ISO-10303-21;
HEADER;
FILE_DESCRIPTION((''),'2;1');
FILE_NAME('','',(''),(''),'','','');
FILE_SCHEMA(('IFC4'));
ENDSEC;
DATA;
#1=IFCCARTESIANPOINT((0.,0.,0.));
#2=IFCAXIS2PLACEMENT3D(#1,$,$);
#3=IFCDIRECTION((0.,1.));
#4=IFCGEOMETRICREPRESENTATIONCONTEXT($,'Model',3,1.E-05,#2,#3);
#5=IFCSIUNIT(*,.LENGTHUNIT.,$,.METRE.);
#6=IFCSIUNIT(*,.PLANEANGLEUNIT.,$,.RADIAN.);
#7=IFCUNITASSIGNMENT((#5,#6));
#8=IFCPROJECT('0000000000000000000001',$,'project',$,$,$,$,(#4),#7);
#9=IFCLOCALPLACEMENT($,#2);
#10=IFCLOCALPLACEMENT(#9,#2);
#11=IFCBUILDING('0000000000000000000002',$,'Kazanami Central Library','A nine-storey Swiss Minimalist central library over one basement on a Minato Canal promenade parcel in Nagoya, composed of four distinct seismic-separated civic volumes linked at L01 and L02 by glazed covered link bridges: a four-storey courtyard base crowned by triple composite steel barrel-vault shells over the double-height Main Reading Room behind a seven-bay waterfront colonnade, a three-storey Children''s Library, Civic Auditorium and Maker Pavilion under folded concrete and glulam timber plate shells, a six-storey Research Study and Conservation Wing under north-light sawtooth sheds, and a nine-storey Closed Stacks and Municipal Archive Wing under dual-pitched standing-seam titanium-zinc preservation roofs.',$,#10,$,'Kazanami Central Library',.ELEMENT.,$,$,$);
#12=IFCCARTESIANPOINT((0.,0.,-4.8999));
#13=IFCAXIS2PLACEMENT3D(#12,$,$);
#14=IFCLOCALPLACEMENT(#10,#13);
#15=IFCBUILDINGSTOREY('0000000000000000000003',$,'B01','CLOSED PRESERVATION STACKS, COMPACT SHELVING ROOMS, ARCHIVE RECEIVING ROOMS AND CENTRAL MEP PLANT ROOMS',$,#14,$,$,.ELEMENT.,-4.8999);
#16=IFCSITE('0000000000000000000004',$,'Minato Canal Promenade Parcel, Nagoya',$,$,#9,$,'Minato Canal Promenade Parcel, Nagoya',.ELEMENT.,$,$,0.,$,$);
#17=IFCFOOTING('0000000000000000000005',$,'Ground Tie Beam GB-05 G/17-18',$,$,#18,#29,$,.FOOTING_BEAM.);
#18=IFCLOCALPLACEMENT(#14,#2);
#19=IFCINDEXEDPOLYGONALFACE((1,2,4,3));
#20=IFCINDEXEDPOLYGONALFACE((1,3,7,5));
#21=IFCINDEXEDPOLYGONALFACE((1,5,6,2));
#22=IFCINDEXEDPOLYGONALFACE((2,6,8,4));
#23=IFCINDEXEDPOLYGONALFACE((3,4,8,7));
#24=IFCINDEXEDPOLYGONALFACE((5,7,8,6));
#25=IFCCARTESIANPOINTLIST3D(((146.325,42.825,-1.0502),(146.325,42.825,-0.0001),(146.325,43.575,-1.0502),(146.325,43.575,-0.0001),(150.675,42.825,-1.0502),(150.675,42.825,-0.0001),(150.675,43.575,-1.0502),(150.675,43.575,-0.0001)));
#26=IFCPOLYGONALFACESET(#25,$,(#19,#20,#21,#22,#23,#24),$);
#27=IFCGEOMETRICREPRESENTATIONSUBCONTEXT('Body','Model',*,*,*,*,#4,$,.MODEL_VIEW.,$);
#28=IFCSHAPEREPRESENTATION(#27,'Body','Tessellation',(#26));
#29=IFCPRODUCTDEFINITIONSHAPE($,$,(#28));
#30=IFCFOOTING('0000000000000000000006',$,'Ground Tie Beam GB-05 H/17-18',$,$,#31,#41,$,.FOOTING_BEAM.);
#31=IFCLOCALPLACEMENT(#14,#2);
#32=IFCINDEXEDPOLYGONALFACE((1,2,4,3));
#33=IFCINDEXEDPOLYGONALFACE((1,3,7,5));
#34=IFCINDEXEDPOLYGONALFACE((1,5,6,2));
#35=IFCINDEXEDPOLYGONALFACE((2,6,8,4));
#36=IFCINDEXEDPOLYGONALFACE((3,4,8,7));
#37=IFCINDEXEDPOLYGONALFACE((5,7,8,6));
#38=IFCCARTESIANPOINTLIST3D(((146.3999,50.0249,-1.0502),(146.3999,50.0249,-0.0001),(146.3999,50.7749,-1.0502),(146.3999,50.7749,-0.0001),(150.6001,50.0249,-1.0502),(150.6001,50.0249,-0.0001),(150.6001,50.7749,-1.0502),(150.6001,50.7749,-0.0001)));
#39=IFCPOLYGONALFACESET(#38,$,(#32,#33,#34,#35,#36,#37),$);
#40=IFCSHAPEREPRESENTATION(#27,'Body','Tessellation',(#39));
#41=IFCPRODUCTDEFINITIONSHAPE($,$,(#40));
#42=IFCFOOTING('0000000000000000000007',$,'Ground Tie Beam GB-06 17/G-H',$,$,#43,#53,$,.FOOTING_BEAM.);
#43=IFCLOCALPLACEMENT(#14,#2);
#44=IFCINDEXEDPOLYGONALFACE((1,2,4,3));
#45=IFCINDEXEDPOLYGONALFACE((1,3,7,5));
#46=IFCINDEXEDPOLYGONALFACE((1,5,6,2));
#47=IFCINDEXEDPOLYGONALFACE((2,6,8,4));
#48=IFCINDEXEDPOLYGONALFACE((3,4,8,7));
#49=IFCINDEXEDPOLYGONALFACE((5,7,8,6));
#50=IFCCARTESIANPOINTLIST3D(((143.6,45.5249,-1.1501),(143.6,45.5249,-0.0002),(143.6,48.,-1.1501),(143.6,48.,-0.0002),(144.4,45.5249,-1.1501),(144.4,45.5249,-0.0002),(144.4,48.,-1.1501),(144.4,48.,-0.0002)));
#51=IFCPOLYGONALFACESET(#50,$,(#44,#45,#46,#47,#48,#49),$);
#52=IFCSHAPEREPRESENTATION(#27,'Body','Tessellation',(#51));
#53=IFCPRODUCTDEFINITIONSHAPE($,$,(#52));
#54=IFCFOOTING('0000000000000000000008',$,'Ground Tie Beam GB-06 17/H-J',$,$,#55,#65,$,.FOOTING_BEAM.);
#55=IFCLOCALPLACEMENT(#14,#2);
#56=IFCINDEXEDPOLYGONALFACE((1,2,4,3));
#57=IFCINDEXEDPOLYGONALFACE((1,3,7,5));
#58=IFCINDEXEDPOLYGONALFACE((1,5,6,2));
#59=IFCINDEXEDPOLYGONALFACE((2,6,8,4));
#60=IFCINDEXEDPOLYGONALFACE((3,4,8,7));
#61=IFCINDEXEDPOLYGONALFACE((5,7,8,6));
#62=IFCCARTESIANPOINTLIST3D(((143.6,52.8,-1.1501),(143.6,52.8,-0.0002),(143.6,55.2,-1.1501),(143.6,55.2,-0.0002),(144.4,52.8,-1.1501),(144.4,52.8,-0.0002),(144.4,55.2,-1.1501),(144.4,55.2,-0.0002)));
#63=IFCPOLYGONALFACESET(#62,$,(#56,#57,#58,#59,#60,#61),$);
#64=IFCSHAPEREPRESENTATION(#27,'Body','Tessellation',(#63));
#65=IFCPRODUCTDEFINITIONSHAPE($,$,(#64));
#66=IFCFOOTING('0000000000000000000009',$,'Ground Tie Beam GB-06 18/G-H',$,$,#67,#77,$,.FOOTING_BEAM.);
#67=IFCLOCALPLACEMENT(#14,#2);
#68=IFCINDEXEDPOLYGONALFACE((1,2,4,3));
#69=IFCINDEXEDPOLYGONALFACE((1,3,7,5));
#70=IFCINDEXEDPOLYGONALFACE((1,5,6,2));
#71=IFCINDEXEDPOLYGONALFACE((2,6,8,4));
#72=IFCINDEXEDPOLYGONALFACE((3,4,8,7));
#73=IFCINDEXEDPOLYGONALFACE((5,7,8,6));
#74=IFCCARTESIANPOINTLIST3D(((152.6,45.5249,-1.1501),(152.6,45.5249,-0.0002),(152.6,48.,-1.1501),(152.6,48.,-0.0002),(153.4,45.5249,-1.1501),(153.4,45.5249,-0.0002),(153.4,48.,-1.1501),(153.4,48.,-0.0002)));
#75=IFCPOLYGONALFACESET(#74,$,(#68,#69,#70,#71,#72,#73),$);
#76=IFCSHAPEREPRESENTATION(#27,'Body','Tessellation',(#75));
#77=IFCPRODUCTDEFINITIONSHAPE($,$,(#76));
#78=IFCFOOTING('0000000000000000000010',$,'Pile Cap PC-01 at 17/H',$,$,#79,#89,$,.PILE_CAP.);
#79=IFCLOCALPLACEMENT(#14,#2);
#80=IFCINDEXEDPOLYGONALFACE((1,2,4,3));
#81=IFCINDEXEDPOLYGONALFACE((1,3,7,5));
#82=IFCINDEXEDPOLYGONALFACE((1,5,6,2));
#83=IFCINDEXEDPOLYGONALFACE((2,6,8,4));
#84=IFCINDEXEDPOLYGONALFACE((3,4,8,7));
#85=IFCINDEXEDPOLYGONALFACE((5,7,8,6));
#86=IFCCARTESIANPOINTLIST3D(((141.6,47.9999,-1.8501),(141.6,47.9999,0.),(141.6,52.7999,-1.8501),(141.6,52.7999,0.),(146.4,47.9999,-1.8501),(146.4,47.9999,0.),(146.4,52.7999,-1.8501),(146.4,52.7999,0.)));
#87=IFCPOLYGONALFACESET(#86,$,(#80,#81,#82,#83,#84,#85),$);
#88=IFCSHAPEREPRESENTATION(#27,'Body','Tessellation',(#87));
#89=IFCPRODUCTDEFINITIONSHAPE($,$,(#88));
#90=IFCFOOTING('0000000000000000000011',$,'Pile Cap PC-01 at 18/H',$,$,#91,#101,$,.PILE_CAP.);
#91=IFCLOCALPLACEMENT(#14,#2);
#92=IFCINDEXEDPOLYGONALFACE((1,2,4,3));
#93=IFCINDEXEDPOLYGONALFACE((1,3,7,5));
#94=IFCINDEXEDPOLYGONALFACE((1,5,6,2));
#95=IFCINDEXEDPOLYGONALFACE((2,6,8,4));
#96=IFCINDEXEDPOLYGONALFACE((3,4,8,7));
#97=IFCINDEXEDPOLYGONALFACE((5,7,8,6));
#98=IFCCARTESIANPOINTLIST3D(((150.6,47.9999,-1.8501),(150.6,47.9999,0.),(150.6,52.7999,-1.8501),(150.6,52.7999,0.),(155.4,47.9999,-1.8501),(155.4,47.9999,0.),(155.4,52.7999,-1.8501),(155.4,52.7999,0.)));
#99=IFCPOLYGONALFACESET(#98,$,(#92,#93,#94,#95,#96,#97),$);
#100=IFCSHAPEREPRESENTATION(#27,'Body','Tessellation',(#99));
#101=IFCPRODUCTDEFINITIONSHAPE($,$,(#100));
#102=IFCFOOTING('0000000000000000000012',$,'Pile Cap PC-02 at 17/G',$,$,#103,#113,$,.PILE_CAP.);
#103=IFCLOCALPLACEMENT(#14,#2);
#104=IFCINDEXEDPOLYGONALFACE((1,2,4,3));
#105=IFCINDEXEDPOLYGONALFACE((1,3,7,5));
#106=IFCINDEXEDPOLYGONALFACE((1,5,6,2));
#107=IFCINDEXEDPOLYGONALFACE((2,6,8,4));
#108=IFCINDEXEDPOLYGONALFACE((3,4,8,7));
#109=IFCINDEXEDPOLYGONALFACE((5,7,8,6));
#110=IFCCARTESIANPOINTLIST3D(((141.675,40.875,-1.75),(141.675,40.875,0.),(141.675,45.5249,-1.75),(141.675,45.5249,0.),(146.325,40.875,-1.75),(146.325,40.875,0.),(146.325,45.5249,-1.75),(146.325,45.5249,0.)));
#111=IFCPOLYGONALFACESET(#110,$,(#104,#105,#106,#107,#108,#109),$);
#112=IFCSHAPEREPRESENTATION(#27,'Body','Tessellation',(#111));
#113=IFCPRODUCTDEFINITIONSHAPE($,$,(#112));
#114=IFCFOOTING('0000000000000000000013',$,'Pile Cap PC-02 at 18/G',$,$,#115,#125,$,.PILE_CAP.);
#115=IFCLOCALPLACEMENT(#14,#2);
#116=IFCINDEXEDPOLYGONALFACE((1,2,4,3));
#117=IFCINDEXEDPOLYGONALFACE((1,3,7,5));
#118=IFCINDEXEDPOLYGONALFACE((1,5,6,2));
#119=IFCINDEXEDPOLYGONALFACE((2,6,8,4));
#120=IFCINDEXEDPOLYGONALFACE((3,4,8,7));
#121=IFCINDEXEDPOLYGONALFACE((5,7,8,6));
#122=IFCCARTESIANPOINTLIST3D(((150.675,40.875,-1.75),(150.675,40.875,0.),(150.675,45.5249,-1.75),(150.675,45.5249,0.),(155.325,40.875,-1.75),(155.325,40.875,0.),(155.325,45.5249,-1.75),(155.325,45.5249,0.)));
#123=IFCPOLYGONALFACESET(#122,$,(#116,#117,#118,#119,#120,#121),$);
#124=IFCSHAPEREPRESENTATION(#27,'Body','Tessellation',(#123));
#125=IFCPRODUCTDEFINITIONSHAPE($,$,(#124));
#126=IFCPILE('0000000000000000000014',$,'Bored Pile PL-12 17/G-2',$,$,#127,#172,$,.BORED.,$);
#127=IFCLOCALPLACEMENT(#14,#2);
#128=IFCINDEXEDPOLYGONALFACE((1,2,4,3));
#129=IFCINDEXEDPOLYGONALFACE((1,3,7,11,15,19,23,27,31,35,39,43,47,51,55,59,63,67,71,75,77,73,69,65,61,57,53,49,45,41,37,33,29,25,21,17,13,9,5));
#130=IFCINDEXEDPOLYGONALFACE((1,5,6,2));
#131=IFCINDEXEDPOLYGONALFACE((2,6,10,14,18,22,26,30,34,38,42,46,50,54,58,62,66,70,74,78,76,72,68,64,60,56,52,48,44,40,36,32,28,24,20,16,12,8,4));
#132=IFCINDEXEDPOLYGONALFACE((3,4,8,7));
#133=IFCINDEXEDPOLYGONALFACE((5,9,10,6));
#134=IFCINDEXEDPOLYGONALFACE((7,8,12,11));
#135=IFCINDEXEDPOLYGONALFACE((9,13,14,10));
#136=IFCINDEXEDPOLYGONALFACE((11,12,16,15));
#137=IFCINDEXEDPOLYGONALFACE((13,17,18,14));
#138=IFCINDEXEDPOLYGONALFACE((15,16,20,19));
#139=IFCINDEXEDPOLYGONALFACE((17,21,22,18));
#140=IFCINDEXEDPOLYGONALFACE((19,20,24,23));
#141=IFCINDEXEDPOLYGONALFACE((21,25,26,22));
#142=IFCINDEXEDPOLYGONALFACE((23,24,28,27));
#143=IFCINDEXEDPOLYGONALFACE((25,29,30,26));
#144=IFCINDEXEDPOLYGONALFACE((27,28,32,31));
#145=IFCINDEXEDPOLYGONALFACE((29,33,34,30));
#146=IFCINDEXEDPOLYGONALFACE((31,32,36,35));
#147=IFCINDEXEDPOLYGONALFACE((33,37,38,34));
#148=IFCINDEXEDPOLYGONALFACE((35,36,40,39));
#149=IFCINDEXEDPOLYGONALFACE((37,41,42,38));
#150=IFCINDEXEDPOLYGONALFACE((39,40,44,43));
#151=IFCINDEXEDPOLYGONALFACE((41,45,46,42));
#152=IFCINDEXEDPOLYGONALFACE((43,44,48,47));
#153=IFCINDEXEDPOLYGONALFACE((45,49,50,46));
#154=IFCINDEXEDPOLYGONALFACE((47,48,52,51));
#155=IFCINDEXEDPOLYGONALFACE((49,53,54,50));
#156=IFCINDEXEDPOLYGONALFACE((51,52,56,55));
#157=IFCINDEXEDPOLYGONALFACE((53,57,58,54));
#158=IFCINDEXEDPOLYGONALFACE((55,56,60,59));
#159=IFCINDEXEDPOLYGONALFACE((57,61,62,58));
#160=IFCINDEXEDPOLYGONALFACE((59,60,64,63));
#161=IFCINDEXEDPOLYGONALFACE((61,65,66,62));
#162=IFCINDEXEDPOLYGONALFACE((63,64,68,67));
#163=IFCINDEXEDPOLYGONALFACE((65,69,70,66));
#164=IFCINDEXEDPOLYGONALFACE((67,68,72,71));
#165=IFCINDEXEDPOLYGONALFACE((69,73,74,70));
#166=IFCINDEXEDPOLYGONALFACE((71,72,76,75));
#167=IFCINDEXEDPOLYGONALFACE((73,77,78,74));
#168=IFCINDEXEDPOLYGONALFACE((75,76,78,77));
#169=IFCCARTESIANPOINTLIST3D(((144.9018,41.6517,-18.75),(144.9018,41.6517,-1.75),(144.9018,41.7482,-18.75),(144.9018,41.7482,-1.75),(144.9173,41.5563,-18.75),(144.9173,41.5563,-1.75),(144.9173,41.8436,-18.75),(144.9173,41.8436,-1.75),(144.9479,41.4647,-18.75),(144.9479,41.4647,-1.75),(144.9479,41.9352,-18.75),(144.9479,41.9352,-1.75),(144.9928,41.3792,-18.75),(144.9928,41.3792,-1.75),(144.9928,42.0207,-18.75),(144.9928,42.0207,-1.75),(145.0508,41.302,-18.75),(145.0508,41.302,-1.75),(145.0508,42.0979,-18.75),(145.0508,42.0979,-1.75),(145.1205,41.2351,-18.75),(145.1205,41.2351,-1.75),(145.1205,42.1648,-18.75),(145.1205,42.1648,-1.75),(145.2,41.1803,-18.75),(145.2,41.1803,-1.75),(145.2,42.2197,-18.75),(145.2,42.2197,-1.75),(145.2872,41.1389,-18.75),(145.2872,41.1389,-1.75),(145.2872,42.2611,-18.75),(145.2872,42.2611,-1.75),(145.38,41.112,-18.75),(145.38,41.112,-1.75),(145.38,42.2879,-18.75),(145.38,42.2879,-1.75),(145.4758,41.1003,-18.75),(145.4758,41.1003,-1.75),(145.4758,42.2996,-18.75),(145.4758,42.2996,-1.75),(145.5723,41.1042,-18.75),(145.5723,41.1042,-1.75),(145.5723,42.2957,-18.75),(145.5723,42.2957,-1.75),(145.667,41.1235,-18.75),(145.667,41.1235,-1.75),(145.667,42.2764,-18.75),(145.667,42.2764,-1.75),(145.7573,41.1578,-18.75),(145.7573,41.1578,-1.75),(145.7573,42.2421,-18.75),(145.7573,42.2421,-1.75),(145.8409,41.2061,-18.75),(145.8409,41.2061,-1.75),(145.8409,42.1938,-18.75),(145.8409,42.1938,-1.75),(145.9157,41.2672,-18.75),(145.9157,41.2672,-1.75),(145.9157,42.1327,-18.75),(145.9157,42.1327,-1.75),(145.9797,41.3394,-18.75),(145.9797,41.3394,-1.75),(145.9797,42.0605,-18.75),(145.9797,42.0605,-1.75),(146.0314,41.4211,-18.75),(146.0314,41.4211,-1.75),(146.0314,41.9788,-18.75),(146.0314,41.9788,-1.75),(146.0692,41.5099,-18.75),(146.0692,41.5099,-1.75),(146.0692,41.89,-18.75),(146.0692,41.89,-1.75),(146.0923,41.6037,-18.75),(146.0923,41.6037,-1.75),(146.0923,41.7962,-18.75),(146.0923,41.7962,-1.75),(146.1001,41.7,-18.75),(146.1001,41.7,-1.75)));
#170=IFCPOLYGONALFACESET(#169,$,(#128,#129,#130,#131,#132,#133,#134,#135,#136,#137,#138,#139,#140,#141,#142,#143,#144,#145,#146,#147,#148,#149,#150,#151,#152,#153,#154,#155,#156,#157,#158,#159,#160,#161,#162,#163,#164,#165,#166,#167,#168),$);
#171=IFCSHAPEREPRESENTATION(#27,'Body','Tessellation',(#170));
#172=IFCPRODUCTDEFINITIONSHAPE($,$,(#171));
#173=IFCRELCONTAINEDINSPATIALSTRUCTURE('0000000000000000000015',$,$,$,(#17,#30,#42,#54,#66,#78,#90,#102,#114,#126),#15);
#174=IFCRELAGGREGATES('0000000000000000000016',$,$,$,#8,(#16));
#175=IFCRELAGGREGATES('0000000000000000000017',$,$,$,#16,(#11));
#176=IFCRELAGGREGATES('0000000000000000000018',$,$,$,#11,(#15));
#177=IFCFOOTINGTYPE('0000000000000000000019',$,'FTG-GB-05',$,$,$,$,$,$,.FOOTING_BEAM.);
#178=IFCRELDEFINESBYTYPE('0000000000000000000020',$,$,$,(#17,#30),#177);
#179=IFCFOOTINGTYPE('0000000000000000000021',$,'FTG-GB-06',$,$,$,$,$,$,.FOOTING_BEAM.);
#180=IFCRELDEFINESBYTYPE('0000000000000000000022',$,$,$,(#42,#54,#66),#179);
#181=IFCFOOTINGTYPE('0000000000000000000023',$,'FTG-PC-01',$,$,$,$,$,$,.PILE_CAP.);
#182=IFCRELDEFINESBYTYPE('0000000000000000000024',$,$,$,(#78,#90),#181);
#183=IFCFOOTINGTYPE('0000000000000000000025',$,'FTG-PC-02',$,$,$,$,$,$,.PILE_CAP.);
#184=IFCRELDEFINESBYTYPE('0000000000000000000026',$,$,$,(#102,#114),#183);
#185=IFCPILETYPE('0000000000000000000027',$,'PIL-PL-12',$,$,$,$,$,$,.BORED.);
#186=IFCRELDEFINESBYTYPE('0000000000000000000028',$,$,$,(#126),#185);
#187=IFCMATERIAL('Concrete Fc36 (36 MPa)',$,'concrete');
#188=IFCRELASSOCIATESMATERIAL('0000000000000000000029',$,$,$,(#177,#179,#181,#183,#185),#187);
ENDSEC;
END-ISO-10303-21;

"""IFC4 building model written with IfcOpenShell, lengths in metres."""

from ifc_helpers import new_model, si_unit, direction, frame, origin, origin_2d, place, context, subcontext, project, spatial, rectangle, circle, extrude, material, material_profile, profile_set, type_object, element, save


model = new_model("IFC4")

# Units and contexts
model_context = context("Model", 3, precision=1e-05, world=origin(), true_north=direction((0.0, 1.0)))
body_context = subcontext(model_context, "Body", "Model", "MODEL_VIEW")
ifc_project = project(units=[si_unit("LENGTHUNIT", "METRE"), si_unit("PLANEANGLEUNIT", "RADIAN")], contexts=[model_context])

# Site, building, storey
site_placement = place(None, origin())
site = spatial("IfcSite", under=ifc_project, at=site_placement, Name="Minato Canal Promenade Parcel, Nagoya", LongName="Minato Canal Promenade Parcel, Nagoya", CompositionType="ELEMENT", RefElevation=0.0)
building_placement = place(site_placement, origin())
building = spatial("IfcBuilding", under=site, at=building_placement, Name="Kazanami Central Library", Description="A nine-storey Swiss Minimalist central library over one basement on a Minato Canal promenade parcel in Nagoya, composed of four distinct seismic-separated civic volumes linked at L01 and L02 by glazed covered link bridges: a four-storey courtyard base crowned by triple composite steel barrel-vault shells over the double-height Main Reading Room behind a seven-bay waterfront colonnade, a three-storey Children's Library, Civic Auditorium and Maker Pavilion under folded concrete and glulam timber plate shells, a six-storey Research Study and Conservation Wing under north-light sawtooth sheds, and a nine-storey Closed Stacks and Municipal Archive Wing under dual-pitched standing-seam titanium-zinc preservation roofs.", LongName="Kazanami Central Library", CompositionType="ELEMENT")
storey_placement = place(building_placement, frame((0.0, 0.0, -4.8999)))
storey = spatial("IfcBuildingStorey", under=building, at=storey_placement, Name="B01", Description="CLOSED PRESERVATION STACKS, COMPACT SHELVING ROOMS, ARCHIVE RECEIVING ROOMS AND CENTRAL MEP PLANT ROOMS", CompositionType="ELEMENT", Elevation=-4.8999)

# Footings
ifc_material_1 = material(Name="Concrete Fc36 (36 MPa)", Category="concrete")
ifc_material_profile_1 = material_profile(ifc_material_1, rectangle(XDim=0.75, YDim=1.05, at=origin_2d()), Name="RC-750x1050")
ifc_profile_set_1 = profile_set([ifc_material_profile_1], Name="Concrete Fc36 (36 MPa)")
footing_type_1 = type_object("IfcFootingType", Name="FTG-GB-05", PredefinedType="FOOTING_BEAM", material=ifc_profile_set_1)
footing_1_placement = place(storey_placement, frame((146.325, 43.2, -0.5251), z_axis=(1.0, 0.0, 0.0), x_axis=(0.0, 1.0, 0.0)))
element("IfcFooting", 1, at=footing_1_placement, inside=storey, type_object=footing_type_1, Name="Ground Tie Beam GB-05 G/17-18", PredefinedType="FOOTING_BEAM", context=body_context, shape_type="SweptSolid", body=[
    extrude(rectangle(XDim=0.75, YDim=1.05, at=origin_2d()), origin(), (0.0, 0.0, 1.0), 4.3501),
])
footing_2_placement = place(storey_placement, frame((146.3999, 50.3999, -0.5251), z_axis=(1.0, 0.0, 0.0), x_axis=(0.0, 1.0, 0.0)))
element("IfcFooting", 2, at=footing_2_placement, inside=storey, type_object=footing_type_1, Name="Ground Tie Beam GB-05 H/17-18", PredefinedType="FOOTING_BEAM", context=body_context, shape_type="SweptSolid", body=[
    extrude(rectangle(XDim=0.75, YDim=1.05, at=origin_2d()), origin(), (0.0, 0.0, 1.0), 4.2002),
])
ifc_material_profile_2 = material_profile(ifc_material_1, rectangle(XDim=0.8, YDim=1.1499, at=origin_2d()), Name="RC-800x1150")
ifc_profile_set_2 = profile_set([ifc_material_profile_2], Name="Concrete Fc36 (36 MPa)")
footing_type_2 = type_object("IfcFootingType", Name="FTG-GB-06", PredefinedType="FOOTING_BEAM", material=ifc_profile_set_2)
footing_3_placement = place(storey_placement, frame((144.0, 45.5249, -0.5752), z_axis=(0.0, 1.0, 0.0), x_axis=(-1.0, 0.0, 0.0)))
element("IfcFooting", 3, at=footing_3_placement, inside=storey, type_object=footing_type_2, Name="Ground Tie Beam GB-06 17/G-H", PredefinedType="FOOTING_BEAM", context=body_context, shape_type="SweptSolid", body=[
    extrude(rectangle(XDim=0.8, YDim=1.1499, at=origin_2d()), origin(), (0.0, 0.0, 1.0), 2.4751),
])
footing_4_placement = place(storey_placement, frame((144.0, 52.8, -0.5752), z_axis=(0.0, 1.0, 0.0), x_axis=(-1.0, 0.0, 0.0)))
element("IfcFooting", 4, at=footing_4_placement, inside=storey, type_object=footing_type_2, Name="Ground Tie Beam GB-06 17/H-J", PredefinedType="FOOTING_BEAM", context=body_context, shape_type="SweptSolid", body=[
    extrude(rectangle(XDim=0.8, YDim=1.1499, at=origin_2d()), origin(), (0.0, 0.0, 1.0), 2.3999),
])
footing_5_placement = place(storey_placement, frame((153.0, 45.5249, -0.5752), z_axis=(0.0, 1.0, 0.0), x_axis=(-1.0, 0.0, 0.0)))
element("IfcFooting", 5, at=footing_5_placement, inside=storey, type_object=footing_type_2, Name="Ground Tie Beam GB-06 18/G-H", PredefinedType="FOOTING_BEAM", context=body_context, shape_type="SweptSolid", body=[
    extrude(rectangle(XDim=0.8, YDim=1.1499, at=origin_2d()), origin(), (0.0, 0.0, 1.0), 2.4751),
])
footing_type_3 = type_object("IfcFootingType", Name="FTG-PC-01", PredefinedType="PILE_CAP", material=ifc_material_1)
for number, where, z_axis, x_axis, name in (
    (6, (144.0, 50.3999, -1.8501), (0.0, 0.0, 1.0), (1.0, 0.0, 0.0), "Pile Cap PC-01 at 17/H"),
    (7, (153.0, 50.3999, -1.8501), (0.0, 0.0, 1.0), (1.0, 0.0, 0.0), "Pile Cap PC-01 at 18/H"),
):
    element("IfcFooting", number, at=place(storey_placement, frame(where, z_axis=z_axis, x_axis=x_axis)), inside=storey, type_object=footing_type_3, Name=name, PredefinedType="PILE_CAP", context=body_context, shape_type="SweptSolid", body=[
        extrude(rectangle(XDim=4.8, YDim=4.8, at=origin_2d()), origin(), (0.0, 0.0, 1.0), 1.8501),
    ])
footing_type_4 = type_object("IfcFootingType", Name="FTG-PC-02", PredefinedType="PILE_CAP", material=ifc_material_1)
for number, where, z_axis, x_axis, name in (
    (8, (144.0, 43.2, -1.75), (0.0, 0.0, 1.0), (1.0, 0.0, 0.0), "Pile Cap PC-02 at 17/G"),
    (9, (153.0, 43.2, -1.75), (0.0, 0.0, 1.0), (1.0, 0.0, 0.0), "Pile Cap PC-02 at 18/G"),
):
    element("IfcFooting", number, at=place(storey_placement, frame(where, z_axis=z_axis, x_axis=x_axis)), inside=storey, type_object=footing_type_4, Name=name, PredefinedType="PILE_CAP", context=body_context, shape_type="SweptSolid", body=[
        extrude(rectangle(XDim=4.6499, YDim=4.6499, at=origin_2d()), origin(), (0.0, 0.0, 1.0), 1.75),
    ])

# Pile
ifc_material_profile_3 = material_profile(ifc_material_1, circle(Radius=0.6001, at=origin_2d()), Name="BORED-D1200")
ifc_profile_set_3 = profile_set([ifc_material_profile_3], Name="Concrete Fc36 (36 MPa)")
pile_type = type_object("IfcPileType", Name="PIL-PL-12", PredefinedType="BORED", material=ifc_profile_set_3)
for number, where, z_axis, x_axis, name in (
    (10, (145.5, 41.7, -1.75), (0.0, 0.0, -1.0), (1.0, 0.0, 0.0), "Bored Pile PL-12 17/G-2"),
):
    element("IfcPile", number, at=place(storey_placement, frame(where, z_axis=z_axis, x_axis=x_axis)), inside=storey, type_object=pile_type, Name=name, PredefinedType="BORED", context=body_context, shape_type="SweptSolid", body=[
        extrude(circle(Radius=0.6001, at=origin_2d()), origin(), (0.0, 0.0, 1.0), 17.0),
    ])

save(model, "model.ifc")
